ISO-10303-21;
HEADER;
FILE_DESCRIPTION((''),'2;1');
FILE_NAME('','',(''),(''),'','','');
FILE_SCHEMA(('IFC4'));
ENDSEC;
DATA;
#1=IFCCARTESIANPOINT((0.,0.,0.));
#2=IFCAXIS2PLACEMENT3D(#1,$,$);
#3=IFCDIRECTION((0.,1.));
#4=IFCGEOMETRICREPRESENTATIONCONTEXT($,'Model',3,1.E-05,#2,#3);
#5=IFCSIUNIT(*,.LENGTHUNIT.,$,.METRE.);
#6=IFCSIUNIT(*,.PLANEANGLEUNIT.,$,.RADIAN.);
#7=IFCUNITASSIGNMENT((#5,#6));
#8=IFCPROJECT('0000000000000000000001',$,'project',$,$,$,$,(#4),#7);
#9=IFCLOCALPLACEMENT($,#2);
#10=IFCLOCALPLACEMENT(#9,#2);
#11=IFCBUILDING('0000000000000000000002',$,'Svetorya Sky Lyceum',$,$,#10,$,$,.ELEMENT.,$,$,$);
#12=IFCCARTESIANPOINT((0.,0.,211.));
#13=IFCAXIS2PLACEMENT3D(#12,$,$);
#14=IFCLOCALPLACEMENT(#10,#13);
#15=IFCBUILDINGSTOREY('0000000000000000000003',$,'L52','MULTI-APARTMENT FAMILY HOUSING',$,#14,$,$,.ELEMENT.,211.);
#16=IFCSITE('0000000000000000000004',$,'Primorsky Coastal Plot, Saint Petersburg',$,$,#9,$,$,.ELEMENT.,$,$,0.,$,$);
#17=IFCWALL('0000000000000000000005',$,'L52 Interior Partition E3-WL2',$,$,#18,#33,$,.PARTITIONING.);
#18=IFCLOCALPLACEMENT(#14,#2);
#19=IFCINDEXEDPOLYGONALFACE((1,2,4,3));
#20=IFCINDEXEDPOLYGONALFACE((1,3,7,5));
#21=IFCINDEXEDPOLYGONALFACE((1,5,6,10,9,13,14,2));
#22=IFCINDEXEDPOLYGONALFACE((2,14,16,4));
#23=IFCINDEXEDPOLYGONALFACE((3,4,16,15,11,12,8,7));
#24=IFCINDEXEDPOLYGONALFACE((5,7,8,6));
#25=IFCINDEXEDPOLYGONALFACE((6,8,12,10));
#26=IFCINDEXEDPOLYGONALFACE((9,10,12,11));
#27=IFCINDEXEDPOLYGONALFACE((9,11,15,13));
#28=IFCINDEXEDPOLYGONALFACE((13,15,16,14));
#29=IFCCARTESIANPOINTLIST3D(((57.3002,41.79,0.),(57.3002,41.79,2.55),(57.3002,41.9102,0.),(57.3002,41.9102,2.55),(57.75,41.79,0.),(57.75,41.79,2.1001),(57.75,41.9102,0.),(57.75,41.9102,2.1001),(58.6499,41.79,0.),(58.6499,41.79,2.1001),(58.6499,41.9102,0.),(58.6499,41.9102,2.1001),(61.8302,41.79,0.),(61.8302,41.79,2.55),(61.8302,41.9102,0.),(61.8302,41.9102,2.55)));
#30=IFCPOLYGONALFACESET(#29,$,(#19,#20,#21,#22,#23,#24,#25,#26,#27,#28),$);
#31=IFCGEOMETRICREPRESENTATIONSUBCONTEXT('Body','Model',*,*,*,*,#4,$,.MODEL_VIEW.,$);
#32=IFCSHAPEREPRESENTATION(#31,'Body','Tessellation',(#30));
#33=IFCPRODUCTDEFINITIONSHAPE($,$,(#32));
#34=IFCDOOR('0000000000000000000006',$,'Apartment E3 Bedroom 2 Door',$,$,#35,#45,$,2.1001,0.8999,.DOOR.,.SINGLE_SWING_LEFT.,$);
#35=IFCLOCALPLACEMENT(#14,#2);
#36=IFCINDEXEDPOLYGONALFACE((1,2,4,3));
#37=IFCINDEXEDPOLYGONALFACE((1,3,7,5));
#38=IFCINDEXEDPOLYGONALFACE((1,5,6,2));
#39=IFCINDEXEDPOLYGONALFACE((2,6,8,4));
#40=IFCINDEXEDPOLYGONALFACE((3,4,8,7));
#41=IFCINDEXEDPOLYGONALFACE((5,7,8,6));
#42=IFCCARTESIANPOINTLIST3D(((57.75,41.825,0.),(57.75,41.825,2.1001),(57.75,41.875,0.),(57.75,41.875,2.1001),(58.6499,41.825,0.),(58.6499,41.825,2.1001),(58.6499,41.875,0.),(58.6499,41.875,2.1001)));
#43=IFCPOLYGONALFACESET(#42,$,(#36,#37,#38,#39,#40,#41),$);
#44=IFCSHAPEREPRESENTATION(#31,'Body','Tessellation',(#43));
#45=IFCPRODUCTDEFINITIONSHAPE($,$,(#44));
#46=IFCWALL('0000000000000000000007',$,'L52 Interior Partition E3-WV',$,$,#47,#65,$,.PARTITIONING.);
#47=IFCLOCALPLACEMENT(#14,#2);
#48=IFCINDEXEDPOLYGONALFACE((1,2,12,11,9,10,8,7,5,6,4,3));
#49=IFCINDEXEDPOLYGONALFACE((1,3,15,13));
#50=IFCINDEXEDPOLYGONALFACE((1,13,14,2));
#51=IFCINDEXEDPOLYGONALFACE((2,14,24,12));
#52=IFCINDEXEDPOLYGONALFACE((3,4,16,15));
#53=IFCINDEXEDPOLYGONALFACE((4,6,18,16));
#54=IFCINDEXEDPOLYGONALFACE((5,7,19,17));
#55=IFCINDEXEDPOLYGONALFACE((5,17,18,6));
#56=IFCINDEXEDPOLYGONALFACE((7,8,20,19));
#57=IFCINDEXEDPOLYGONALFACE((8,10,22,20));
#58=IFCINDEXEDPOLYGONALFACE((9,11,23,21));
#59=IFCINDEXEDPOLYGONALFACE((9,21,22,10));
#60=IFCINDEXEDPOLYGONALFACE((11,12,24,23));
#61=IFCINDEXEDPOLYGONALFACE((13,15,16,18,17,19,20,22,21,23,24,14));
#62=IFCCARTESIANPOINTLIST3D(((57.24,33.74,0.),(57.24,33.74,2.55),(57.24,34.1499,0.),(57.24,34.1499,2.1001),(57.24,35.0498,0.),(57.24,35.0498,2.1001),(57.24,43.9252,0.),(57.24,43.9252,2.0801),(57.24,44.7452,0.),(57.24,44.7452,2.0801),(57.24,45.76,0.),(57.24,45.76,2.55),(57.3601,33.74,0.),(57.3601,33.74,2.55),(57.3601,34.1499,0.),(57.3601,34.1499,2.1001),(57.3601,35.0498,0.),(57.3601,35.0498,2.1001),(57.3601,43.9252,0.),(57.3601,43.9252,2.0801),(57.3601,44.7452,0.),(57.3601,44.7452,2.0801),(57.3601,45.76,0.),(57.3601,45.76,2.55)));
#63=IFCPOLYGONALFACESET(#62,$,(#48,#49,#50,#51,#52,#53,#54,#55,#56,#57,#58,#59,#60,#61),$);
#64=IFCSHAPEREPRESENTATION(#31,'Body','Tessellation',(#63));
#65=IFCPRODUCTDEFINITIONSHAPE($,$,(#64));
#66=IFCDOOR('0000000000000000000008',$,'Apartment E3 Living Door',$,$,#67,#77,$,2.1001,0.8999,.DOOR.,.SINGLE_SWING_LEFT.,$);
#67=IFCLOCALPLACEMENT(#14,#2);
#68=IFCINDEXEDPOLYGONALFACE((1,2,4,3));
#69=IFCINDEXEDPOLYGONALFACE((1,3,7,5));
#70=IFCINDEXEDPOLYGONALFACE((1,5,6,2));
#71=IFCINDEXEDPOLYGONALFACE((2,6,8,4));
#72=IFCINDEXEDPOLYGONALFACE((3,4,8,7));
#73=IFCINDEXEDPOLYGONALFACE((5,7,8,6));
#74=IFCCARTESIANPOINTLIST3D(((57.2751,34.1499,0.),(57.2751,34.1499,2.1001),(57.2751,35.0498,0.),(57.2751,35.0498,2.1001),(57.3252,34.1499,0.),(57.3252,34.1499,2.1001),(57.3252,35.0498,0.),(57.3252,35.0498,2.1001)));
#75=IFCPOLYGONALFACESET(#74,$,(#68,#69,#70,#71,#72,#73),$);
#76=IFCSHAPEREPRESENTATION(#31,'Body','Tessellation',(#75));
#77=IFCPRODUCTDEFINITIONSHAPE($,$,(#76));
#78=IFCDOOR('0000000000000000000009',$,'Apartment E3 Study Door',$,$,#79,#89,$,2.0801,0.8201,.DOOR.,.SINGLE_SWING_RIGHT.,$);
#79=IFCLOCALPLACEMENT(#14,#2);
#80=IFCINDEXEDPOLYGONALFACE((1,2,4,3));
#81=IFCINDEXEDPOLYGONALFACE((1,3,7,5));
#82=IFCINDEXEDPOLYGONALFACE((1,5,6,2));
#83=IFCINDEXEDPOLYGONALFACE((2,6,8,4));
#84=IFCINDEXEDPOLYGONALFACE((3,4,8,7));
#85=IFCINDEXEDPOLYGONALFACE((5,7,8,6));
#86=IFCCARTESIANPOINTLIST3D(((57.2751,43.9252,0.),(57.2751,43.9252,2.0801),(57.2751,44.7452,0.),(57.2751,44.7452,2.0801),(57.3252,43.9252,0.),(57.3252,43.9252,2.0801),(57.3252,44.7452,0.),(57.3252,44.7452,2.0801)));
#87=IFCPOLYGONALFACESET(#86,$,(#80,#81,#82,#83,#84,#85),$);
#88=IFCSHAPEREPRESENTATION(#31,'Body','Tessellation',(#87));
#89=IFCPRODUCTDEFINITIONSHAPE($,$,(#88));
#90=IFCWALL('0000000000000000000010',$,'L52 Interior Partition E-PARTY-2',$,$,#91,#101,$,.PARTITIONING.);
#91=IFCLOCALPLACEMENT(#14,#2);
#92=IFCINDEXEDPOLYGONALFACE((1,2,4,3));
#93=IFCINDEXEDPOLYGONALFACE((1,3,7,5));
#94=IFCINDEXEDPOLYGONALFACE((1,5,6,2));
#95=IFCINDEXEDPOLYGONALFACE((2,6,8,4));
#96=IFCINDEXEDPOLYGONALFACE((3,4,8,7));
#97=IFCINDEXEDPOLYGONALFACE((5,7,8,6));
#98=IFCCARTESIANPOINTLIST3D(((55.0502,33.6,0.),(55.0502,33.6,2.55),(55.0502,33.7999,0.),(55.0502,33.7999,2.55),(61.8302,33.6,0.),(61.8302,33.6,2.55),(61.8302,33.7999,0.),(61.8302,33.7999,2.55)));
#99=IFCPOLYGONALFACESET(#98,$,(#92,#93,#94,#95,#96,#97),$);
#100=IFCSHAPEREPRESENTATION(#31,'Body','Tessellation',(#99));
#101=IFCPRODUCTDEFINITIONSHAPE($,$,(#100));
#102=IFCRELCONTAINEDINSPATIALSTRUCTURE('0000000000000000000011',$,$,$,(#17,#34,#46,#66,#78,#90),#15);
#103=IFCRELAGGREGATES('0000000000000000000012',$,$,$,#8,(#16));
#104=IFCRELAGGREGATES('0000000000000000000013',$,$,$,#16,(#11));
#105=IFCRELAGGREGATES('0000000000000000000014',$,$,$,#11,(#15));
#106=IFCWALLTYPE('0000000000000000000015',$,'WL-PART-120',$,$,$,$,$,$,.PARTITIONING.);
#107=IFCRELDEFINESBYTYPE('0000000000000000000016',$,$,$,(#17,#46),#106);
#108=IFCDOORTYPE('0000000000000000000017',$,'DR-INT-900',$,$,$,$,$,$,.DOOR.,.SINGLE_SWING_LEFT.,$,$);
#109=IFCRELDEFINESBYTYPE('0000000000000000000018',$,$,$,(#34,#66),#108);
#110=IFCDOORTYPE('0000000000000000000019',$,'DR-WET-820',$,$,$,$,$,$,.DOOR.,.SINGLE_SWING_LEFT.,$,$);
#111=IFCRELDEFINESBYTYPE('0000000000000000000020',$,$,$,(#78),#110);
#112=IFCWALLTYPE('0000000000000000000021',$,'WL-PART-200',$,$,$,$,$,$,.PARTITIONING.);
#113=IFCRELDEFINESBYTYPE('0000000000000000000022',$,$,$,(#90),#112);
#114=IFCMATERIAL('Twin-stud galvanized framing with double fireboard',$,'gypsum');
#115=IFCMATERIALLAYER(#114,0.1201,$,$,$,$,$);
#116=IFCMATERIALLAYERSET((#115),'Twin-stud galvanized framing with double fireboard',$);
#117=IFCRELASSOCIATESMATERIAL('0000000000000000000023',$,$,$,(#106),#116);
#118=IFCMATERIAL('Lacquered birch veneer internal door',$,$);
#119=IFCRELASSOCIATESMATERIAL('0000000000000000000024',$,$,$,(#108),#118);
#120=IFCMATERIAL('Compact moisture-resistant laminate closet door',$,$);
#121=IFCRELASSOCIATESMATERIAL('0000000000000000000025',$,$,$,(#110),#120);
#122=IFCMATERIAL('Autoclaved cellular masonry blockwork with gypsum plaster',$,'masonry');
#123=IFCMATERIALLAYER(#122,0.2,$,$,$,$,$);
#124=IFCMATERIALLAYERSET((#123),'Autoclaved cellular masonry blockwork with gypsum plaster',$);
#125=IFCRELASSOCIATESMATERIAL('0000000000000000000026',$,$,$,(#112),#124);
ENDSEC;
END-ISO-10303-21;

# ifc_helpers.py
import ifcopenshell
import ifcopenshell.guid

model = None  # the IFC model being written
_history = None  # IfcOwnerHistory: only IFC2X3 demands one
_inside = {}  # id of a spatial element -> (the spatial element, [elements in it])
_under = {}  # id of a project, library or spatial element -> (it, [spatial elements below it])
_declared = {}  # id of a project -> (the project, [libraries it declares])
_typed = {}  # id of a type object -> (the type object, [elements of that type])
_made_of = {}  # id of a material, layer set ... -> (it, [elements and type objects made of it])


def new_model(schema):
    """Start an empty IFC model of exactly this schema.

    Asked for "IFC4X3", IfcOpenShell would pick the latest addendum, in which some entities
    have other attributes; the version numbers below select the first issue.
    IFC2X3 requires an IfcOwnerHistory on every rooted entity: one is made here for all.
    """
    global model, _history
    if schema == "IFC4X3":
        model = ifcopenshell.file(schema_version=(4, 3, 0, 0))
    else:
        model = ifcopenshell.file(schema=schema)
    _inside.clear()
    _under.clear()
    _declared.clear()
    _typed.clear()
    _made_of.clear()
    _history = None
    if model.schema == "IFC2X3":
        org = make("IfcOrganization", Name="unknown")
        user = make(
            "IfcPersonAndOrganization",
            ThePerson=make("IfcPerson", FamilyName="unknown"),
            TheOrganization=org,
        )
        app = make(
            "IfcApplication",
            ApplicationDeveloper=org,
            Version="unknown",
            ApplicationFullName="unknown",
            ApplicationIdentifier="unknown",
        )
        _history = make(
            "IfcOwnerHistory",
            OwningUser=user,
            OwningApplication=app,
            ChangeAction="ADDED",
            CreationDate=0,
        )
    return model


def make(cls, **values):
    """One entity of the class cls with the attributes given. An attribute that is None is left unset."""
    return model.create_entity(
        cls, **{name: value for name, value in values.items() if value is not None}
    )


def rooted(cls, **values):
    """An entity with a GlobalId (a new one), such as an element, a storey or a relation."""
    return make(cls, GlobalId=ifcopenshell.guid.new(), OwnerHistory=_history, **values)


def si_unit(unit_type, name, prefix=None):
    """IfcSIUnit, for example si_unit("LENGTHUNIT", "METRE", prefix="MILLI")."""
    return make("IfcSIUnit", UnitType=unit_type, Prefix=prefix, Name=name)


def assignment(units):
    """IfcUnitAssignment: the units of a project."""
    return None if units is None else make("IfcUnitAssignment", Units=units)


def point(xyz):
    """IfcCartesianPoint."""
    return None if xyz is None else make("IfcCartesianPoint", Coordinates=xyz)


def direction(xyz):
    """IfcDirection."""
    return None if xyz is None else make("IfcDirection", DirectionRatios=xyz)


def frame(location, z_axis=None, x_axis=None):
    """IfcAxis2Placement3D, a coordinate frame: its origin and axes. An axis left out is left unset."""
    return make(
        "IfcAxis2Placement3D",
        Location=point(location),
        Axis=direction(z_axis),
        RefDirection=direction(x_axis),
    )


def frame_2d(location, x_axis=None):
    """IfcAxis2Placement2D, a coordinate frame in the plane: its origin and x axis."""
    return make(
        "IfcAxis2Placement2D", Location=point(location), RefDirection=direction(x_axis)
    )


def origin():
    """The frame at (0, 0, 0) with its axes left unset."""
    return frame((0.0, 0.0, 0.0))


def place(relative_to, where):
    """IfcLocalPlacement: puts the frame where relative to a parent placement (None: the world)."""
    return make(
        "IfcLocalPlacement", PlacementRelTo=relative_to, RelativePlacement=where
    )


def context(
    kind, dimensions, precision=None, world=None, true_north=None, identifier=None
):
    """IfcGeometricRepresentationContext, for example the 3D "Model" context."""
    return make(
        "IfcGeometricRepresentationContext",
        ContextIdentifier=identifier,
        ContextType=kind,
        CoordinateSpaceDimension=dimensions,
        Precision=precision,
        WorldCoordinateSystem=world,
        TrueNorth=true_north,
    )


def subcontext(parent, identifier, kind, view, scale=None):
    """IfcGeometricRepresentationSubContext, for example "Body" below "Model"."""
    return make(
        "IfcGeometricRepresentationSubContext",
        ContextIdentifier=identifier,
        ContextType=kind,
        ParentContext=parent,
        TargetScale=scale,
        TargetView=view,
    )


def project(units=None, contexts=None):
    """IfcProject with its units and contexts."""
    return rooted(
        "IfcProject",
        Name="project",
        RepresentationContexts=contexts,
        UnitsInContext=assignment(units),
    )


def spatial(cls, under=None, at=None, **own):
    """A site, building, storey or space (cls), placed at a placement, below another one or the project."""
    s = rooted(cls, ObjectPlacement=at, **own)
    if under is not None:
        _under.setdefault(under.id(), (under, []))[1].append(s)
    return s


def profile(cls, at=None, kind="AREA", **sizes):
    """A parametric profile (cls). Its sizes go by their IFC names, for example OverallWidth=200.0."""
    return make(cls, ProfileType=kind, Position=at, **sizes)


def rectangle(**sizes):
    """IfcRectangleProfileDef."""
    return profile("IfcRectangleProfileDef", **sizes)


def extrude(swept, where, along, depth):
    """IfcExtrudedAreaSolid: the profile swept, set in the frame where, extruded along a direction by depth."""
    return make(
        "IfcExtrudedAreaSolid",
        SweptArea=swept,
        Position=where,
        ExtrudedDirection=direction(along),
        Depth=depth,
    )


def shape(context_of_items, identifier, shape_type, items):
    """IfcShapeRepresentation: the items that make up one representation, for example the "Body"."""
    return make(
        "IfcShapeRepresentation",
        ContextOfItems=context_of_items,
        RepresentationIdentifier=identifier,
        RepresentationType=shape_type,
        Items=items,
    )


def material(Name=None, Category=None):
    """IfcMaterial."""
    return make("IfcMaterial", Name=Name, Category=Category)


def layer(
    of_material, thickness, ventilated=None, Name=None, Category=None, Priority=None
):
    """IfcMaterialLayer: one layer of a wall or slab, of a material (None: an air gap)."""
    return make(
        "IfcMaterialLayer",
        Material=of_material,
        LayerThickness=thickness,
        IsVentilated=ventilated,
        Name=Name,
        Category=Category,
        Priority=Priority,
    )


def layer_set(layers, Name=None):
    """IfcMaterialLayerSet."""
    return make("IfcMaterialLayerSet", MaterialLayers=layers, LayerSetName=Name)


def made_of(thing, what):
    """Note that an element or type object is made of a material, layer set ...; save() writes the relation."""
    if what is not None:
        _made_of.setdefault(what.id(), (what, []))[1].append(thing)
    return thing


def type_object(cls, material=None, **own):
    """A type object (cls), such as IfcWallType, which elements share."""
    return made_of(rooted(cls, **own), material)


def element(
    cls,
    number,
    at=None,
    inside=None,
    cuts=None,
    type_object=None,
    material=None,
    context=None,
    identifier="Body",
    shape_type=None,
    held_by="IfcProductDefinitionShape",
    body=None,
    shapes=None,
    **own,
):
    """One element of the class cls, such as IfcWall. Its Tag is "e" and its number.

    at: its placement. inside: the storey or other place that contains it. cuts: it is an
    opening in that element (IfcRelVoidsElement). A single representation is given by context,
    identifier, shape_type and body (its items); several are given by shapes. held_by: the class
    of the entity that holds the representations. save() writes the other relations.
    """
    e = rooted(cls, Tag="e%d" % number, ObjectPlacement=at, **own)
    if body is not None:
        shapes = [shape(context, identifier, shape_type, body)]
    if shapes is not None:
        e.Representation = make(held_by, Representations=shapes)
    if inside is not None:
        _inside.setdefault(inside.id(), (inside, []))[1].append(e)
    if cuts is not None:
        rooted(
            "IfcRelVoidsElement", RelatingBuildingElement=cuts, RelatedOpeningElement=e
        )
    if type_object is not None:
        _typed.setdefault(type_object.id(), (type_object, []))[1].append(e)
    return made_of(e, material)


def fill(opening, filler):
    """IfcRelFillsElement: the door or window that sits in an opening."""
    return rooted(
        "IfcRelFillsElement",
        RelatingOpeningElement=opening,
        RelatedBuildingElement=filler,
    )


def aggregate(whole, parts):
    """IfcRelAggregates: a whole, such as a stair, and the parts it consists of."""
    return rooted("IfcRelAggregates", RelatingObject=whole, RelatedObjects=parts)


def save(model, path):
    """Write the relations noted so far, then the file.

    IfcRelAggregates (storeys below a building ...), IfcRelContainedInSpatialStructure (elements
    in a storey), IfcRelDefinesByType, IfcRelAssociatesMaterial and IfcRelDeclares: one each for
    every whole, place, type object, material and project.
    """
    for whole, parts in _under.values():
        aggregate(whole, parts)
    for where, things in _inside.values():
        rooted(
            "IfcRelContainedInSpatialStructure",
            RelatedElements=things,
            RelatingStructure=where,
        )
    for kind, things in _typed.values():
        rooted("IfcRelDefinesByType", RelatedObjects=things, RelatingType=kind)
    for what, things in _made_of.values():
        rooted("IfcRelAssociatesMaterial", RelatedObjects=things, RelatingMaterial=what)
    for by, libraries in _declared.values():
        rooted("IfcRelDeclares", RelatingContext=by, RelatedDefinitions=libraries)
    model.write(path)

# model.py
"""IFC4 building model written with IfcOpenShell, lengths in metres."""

from ifc_helpers import new_model, si_unit, direction, frame, frame_2d, origin, place, context, subcontext, project, spatial, rectangle, extrude, material, layer, layer_set, type_object, element, fill, save


model = new_model("IFC4")

# Units and contexts
model_context = context("Model", 3, precision=1e-05, world=origin(), true_north=direction((0.0, 1.0)))
body_context = subcontext(model_context, "Body", "Model", "MODEL_VIEW")
ifc_project = project(units=[si_unit("LENGTHUNIT", "METRE"), si_unit("PLANEANGLEUNIT", "RADIAN")], contexts=[model_context])

# Site, building, storey
site_placement = place(None, origin())
site = spatial("IfcSite", under=ifc_project, at=site_placement, Name="Primorsky Coastal Plot, Saint Petersburg", CompositionType="ELEMENT", RefElevation=0.0)
building_placement = place(site_placement, origin())
building = spatial("IfcBuilding", under=site, at=building_placement, Name="Svetorya Sky Lyceum", CompositionType="ELEMENT")
storey_placement = place(building_placement, frame((0.0, 0.0, 211.0)))
storey = spatial("IfcBuildingStorey", under=building, at=storey_placement, Name="L52", Description="MULTI-APARTMENT FAMILY HOUSING", CompositionType="ELEMENT", Elevation=211.0)

# Wall, opening, door
ifc_material_1 = material(Name="Twin-stud galvanized framing with double fireboard", Category="gypsum")
ifc_layer_1 = layer(ifc_material_1, 0.1201)
ifc_layer_set_1 = layer_set([ifc_layer_1], Name="Twin-stud galvanized framing with double fireboard")
wall_type_1 = type_object("IfcWallType", Name="WL-PART-120", PredefinedType="PARTITIONING", material=ifc_layer_set_1)
ifc_material_2 = material(Name="Lacquered birch veneer internal door")
door_type_1 = type_object("IfcDoorType", Name="DR-INT-900", OperationType="SINGLE_SWING_LEFT", PredefinedType="DOOR", material=ifc_material_2)
wall_1_placement = place(storey_placement, frame((57.3, 41.8501, 0.0), z_axis=(0.0, 0.0, 1.0), x_axis=(1.0, 0.0, 0.0)))
wall_1 = element("IfcWall", 1, at=wall_1_placement, inside=storey, type_object=wall_type_1, Name="L52 Interior Partition E3-WL2", PredefinedType="PARTITIONING", context=body_context, shape_type="SweptSolid", body=[
    extrude(rectangle(XDim=4.53, YDim=0.1201, at=frame_2d((2.2651, 0.0))), origin(), (0.0, 0.0, 1.0), 2.55),
])
opening_1_placement = place(wall_1_placement, frame((0.45, 0.0, 0.0)))
opening_1 = element("IfcOpeningElement", 2, at=opening_1_placement, cuts=wall_1, PredefinedType="OPENING", context=body_context, shape_type="SweptSolid", body=[
    extrude(rectangle(XDim=0.8999, YDim=2.1001, at=frame_2d((0.45, 1.05))), frame((0.0, 0.0701, 0.0), z_axis=(0.0, -1.0, 0.0), x_axis=(1.0, 0.0, 0.0)), (0.0, 0.0, 1.0), 0.1401),
])
door_1_placement = place(opening_1_placement, origin())
door_1 = element("IfcDoor", 3, at=door_1_placement, inside=storey, type_object=door_type_1, Name="Apartment E3 Bedroom 2 Door", OperationType="SINGLE_SWING_LEFT", OverallHeight=2.1001, OverallWidth=0.8999, PredefinedType="DOOR", context=body_context, shape_type="SweptSolid", body=[
    extrude(rectangle(XDim=0.8999, YDim=2.1001, at=frame_2d((0.45, 1.05))), frame((0.0, 0.0249, 0.0), z_axis=(0.0, -1.0, 0.0), x_axis=(1.0, 0.0, 0.0)), (0.0, 0.0, 1.0), 0.05),
])
fill(opening_1, door_1)

# Wall, openings, doors
wall_2_placement = place(storey_placement, frame((57.3, 33.74, 0.0), z_axis=(0.0, 0.0, 1.0), x_axis=(0.0, 1.0, 0.0)))
wall_2 = element("IfcWall", 4, at=wall_2_placement, inside=storey, type_object=wall_type_1, Name="L52 Interior Partition E3-WV", PredefinedType="PARTITIONING", context=body_context, shape_type="SweptSolid", body=[
    extrude(rectangle(XDim=12.02, YDim=0.1201, at=frame_2d((6.01, 0.0))), origin(), (0.0, 0.0, 1.0), 2.55),
])
opening_2_placement = place(wall_2_placement, frame((0.4099, 0.0, 0.0)))
opening_2 = element("IfcOpeningElement", 5, at=opening_2_placement, cuts=wall_2, PredefinedType="OPENING", context=body_context, shape_type="SweptSolid", body=[
    extrude(rectangle(XDim=0.8999, YDim=2.1001, at=frame_2d((0.45, 1.05))), frame((0.0, 0.0701, 0.0), z_axis=(0.0, -1.0, 0.0), x_axis=(1.0, 0.0, 0.0)), (0.0, 0.0, 1.0), 0.1401),
])
opening_3_placement = place(wall_2_placement, frame((10.1851, 0.0, 0.0)))
opening_3 = element("IfcOpeningElement", 6, at=opening_3_placement, cuts=wall_2, PredefinedType="OPENING", context=body_context, shape_type="SweptSolid", body=[
    extrude(rectangle(XDim=0.8201, YDim=2.0801, at=frame_2d((0.4102, 1.04))), frame((0.0, 0.0701, 0.0), z_axis=(0.0, -1.0, 0.0), x_axis=(1.0, 0.0, 0.0)), (0.0, 0.0, 1.0), 0.1401),
])
door_2_placement = place(opening_2_placement, origin())
door_2 = element("IfcDoor", 7, at=door_2_placement, inside=storey, type_object=door_type_1, Name="Apartment E3 Living Door", OperationType="SINGLE_SWING_LEFT", OverallHeight=2.1001, OverallWidth=0.8999, PredefinedType="DOOR", context=body_context, shape_type="SweptSolid", body=[
    extrude(rectangle(XDim=0.8999, YDim=2.1001, at=frame_2d((0.45, 1.05))), frame((0.0, 0.0249, 0.0), z_axis=(0.0, -1.0, 0.0), x_axis=(1.0, 0.0, 0.0)), (0.0, 0.0, 1.0), 0.05),
])
fill(opening_2, door_2)
ifc_material_3 = material(Name="Compact moisture-resistant laminate closet door")
door_type_2 = type_object("IfcDoorType", Name="DR-WET-820", OperationType="SINGLE_SWING_LEFT", PredefinedType="DOOR", material=ifc_material_3)
door_3_placement = place(opening_3_placement, origin())
door_3 = element("IfcDoor", 8, at=door_3_placement, inside=storey, type_object=door_type_2, Name="Apartment E3 Study Door", OperationType="SINGLE_SWING_RIGHT", OverallHeight=2.0801, OverallWidth=0.8201, PredefinedType="DOOR", context=body_context, shape_type="SweptSolid", body=[
    extrude(rectangle(XDim=0.8201, YDim=2.0801, at=frame_2d((0.4102, 1.04))), frame((0.0, 0.0249, 0.0), z_axis=(0.0, -1.0, 0.0), x_axis=(1.0, 0.0, 0.0)), (0.0, 0.0, 1.0), 0.05),
])
fill(opening_3, door_3)

# Wall
ifc_material_4 = material(Name="Autoclaved cellular masonry blockwork with gypsum plaster", Category="masonry")
ifc_layer_2 = layer(ifc_material_4, 0.2)
ifc_layer_set_2 = layer_set([ifc_layer_2], Name="Autoclaved cellular masonry blockwork with gypsum plaster")
wall_type_2 = type_object("IfcWallType", Name="WL-PART-200", PredefinedType="PARTITIONING", material=ifc_layer_set_2)
wall_3_placement = place(storey_placement, frame((55.05, 33.7, 0.0), z_axis=(0.0, 0.0, 1.0), x_axis=(1.0, 0.0, 0.0)))
element("IfcWall", 9, at=wall_3_placement, inside=storey, type_object=wall_type_2, Name="L52 Interior Partition E-PARTY-2", PredefinedType="PARTITIONING", context=body_context, shape_type="SweptSolid", body=[
    extrude(rectangle(XDim=6.78, YDim=0.2, at=frame_2d((3.3901, 0.0))), origin(), (0.0, 0.0, 1.0), 2.55),
])

save(model, "model.ifc")
